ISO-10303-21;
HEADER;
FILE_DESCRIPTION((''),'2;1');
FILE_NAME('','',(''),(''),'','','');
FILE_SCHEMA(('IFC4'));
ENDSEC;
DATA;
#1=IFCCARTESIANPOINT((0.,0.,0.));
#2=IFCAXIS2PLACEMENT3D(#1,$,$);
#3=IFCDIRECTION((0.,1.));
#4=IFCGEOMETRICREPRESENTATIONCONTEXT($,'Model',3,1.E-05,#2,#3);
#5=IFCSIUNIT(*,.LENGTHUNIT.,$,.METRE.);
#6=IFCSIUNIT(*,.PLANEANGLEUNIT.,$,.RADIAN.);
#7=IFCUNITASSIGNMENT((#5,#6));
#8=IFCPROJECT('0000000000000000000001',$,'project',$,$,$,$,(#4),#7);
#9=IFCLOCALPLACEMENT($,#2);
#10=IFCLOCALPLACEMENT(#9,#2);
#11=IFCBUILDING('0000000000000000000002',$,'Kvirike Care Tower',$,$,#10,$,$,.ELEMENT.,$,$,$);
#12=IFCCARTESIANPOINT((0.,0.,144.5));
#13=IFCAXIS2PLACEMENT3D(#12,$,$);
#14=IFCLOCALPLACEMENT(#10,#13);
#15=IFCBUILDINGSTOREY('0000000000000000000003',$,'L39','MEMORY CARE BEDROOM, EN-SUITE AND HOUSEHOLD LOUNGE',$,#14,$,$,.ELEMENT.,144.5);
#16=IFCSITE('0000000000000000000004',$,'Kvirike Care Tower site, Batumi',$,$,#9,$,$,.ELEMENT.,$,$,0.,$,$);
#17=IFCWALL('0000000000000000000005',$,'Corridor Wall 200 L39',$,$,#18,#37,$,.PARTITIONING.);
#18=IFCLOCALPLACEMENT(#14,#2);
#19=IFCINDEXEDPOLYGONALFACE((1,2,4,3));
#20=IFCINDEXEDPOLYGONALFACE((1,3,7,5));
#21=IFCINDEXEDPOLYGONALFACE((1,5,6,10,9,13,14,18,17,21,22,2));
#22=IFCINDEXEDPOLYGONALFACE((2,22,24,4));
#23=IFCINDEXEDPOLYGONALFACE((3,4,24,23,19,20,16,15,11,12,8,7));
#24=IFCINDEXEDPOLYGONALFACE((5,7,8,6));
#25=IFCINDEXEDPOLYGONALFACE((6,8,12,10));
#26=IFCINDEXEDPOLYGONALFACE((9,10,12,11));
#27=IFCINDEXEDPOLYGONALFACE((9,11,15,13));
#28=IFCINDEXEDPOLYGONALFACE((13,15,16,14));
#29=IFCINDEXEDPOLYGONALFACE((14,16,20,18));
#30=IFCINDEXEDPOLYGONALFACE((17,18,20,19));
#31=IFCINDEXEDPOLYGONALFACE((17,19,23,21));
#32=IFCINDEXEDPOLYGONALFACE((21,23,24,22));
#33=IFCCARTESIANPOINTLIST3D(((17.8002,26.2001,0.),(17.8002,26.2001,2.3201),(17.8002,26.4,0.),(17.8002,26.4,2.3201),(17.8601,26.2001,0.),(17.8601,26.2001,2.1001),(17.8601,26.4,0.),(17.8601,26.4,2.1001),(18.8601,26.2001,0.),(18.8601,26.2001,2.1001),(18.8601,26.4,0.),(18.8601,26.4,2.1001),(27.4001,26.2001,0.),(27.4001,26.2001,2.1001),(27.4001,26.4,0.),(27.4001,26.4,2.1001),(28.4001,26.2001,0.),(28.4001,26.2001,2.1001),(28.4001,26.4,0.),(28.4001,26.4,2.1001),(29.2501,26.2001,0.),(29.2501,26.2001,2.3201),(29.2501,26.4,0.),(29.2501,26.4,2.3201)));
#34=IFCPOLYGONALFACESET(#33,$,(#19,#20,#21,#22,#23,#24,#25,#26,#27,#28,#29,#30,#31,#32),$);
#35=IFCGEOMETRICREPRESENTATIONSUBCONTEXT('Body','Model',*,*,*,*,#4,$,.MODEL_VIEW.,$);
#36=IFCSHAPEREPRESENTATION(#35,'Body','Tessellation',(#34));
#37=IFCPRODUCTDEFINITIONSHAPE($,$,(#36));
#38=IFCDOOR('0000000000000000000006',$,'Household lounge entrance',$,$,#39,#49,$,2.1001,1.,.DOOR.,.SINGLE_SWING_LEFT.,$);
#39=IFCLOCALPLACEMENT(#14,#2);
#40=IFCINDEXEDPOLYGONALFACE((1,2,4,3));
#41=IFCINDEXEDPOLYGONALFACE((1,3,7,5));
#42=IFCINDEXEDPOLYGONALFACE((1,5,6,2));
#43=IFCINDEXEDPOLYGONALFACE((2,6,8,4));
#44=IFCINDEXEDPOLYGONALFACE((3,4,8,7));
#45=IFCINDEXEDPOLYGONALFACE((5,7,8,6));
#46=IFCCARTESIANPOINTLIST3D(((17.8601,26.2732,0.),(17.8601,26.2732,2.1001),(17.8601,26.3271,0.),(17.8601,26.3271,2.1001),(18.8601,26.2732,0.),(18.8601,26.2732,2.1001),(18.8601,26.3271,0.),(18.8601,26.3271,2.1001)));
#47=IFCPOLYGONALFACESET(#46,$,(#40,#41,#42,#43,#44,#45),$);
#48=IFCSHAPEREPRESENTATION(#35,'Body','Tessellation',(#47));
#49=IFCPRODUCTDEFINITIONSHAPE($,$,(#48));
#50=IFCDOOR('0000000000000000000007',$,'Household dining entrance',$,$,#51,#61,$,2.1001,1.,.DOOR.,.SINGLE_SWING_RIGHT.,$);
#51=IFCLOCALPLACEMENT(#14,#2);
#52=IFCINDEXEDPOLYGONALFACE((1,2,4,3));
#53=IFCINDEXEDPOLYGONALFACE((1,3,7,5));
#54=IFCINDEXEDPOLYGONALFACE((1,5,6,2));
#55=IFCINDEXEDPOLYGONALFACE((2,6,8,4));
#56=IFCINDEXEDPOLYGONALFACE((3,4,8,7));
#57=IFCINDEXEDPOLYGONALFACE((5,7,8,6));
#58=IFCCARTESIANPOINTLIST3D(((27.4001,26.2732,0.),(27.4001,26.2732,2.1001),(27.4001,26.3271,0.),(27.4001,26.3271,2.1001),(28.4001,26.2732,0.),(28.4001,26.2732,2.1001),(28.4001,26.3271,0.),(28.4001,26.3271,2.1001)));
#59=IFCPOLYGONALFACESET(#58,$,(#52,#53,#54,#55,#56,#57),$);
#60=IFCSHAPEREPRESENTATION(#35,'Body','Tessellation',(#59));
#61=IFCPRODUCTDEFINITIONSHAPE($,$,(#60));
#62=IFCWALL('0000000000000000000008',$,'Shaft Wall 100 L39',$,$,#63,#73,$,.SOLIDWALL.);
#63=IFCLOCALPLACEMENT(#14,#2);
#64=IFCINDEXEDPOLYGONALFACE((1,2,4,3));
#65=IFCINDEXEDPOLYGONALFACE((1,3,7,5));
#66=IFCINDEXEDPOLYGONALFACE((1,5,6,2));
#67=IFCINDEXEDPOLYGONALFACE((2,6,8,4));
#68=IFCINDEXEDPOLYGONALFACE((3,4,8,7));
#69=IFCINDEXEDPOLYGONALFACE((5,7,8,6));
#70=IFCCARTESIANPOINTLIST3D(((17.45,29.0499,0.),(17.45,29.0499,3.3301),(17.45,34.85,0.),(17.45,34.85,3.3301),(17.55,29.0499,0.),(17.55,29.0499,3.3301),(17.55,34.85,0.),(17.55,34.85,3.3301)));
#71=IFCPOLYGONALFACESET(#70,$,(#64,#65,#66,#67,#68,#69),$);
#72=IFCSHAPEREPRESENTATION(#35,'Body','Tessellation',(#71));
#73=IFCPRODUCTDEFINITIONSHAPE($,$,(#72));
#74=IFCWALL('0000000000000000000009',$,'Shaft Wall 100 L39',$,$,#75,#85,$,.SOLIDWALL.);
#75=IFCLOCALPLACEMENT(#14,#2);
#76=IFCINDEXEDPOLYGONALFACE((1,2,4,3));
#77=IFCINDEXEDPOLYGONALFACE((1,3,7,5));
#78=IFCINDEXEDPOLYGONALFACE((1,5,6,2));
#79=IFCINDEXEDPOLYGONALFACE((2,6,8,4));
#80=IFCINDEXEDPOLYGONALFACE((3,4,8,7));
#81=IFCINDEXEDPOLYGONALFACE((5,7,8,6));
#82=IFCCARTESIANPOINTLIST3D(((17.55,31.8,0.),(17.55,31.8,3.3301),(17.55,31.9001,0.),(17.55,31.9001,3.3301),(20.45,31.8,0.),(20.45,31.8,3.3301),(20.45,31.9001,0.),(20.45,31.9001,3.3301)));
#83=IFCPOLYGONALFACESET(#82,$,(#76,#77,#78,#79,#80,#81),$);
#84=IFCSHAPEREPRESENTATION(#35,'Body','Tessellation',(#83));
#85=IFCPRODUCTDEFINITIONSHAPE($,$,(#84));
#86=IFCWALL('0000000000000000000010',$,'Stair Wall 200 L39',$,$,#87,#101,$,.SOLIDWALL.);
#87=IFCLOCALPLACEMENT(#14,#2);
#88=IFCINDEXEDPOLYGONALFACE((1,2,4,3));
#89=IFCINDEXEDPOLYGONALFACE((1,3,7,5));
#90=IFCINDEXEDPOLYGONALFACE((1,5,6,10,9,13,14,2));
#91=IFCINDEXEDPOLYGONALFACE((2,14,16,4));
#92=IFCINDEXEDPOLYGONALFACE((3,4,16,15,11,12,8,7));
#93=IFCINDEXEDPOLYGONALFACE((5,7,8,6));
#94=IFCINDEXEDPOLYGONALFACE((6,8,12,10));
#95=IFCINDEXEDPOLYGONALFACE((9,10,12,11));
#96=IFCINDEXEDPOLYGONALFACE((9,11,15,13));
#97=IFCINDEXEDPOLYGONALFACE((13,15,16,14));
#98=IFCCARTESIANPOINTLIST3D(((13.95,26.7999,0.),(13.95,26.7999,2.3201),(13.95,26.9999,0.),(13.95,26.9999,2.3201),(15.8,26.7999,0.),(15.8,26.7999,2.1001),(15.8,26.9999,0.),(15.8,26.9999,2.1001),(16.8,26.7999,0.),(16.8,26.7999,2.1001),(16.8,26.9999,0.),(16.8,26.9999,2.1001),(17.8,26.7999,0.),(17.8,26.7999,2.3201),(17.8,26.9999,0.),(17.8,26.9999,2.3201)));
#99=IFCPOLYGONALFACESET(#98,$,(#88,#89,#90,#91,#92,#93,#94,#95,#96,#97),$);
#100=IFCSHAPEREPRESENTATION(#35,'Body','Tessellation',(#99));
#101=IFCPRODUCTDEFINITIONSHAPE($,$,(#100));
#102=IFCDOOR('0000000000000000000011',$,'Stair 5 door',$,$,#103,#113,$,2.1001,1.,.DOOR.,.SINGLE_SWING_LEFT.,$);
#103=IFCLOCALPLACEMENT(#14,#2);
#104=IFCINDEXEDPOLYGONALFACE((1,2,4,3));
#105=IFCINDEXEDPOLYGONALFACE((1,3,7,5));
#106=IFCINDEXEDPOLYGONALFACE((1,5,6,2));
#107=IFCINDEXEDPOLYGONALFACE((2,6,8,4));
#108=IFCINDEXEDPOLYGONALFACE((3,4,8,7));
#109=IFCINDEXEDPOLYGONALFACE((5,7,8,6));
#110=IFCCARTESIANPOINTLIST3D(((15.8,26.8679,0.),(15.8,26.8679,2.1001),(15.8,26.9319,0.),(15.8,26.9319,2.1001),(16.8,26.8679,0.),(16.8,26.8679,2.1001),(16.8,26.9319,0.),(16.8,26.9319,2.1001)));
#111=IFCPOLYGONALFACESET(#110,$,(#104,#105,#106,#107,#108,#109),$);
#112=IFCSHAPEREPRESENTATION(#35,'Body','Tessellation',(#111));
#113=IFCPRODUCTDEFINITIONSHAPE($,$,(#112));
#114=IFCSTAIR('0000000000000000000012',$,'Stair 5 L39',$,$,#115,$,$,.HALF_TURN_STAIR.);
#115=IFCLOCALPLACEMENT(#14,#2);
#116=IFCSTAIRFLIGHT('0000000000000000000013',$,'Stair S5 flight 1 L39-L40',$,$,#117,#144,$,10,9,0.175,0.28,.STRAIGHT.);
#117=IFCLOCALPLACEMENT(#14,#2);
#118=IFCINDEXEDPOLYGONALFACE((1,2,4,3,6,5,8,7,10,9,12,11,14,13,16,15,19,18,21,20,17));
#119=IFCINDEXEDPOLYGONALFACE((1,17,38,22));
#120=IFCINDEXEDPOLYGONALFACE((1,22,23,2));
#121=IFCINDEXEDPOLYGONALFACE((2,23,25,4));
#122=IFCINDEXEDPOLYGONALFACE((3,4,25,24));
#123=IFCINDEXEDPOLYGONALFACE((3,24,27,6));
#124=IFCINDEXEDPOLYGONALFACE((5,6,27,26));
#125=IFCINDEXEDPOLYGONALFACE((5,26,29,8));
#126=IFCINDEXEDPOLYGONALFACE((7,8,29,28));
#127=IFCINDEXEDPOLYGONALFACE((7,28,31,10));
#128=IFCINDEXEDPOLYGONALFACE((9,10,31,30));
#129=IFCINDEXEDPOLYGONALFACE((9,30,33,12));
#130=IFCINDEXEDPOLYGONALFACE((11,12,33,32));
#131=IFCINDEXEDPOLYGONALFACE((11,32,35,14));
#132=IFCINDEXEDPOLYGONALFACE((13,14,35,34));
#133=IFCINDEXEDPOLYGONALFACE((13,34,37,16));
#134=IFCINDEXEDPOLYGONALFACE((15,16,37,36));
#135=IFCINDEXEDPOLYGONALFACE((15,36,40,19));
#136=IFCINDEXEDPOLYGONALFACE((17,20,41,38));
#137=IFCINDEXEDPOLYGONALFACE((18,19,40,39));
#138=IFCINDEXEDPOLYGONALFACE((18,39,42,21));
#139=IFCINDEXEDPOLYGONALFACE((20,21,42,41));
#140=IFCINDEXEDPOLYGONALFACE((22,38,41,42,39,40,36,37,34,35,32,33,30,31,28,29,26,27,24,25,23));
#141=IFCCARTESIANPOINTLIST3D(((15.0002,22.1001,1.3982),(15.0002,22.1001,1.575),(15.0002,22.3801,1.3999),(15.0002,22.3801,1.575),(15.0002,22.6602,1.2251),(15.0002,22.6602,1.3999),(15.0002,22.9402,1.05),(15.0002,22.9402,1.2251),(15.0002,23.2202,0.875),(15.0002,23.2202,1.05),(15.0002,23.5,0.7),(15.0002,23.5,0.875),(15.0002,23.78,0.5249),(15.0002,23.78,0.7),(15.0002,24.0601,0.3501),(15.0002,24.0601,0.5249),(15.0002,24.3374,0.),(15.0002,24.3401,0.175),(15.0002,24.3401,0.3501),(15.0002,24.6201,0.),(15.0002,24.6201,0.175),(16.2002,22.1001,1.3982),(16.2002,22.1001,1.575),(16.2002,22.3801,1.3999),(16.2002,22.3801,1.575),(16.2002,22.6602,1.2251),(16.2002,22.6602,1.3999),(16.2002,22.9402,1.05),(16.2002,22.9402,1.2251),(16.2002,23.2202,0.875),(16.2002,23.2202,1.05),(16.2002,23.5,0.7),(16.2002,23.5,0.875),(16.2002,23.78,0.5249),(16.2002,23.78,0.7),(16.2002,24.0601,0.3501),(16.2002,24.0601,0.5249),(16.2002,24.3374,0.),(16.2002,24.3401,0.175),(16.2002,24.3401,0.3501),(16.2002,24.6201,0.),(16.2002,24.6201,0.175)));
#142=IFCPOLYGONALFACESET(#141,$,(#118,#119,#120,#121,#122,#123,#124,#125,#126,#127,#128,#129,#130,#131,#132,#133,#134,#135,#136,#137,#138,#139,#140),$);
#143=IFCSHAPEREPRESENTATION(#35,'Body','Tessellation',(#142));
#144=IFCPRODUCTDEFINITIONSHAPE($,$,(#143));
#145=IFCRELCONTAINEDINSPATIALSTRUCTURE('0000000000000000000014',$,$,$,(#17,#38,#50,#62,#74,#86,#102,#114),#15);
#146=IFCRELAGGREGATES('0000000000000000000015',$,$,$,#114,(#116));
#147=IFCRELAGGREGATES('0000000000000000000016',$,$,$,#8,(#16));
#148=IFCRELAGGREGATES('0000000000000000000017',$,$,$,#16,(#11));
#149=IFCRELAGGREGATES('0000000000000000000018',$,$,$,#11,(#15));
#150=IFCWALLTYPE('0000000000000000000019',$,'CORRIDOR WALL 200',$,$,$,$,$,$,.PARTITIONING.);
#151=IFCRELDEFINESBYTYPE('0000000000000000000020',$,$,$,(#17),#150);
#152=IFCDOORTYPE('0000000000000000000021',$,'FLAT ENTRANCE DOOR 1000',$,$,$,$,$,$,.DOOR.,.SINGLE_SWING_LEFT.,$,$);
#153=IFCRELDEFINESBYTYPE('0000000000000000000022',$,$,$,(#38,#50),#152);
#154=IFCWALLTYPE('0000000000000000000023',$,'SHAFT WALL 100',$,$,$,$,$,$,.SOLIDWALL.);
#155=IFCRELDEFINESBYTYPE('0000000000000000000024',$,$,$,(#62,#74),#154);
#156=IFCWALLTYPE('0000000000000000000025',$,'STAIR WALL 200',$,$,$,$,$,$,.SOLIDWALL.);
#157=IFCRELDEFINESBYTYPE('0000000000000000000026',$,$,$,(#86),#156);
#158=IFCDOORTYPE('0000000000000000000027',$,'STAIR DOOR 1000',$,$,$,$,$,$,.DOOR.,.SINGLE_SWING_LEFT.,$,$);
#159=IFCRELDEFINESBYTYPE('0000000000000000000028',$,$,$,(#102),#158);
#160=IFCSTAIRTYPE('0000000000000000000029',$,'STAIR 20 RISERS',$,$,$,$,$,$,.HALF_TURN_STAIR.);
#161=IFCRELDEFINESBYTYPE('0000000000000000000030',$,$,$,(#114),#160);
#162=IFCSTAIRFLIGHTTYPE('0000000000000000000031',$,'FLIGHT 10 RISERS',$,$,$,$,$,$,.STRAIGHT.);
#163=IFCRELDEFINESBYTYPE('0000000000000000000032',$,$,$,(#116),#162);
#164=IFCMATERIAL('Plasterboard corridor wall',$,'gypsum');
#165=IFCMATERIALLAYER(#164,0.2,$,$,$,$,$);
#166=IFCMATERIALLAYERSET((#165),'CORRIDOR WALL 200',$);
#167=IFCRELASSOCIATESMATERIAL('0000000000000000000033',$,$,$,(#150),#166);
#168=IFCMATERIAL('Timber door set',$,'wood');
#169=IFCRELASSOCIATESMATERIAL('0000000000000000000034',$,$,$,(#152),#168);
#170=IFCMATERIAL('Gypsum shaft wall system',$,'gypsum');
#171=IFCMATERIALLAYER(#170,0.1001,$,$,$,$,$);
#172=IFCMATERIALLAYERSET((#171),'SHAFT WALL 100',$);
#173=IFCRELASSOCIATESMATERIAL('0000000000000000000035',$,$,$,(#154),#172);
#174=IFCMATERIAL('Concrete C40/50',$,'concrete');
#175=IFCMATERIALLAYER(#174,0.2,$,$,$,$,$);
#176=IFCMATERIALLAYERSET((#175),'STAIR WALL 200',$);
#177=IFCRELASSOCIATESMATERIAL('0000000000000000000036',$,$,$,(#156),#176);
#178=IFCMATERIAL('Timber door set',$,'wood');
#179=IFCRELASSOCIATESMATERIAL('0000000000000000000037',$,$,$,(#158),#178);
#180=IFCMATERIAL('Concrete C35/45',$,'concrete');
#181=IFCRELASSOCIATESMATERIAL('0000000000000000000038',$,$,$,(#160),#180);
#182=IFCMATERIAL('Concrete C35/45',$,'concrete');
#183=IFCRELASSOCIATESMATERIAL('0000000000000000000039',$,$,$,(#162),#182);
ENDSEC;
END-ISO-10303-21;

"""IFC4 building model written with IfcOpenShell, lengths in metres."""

from ifc_helpers import new_model, si_unit, direction, frame, frame_2d, origin, place, context, subcontext, project, spatial, polyline, rectangle, outline, extrude, material, layer, layer_set, type_object, element, fill, aggregate, save


model = new_model("IFC4")

# Units and contexts
model_context = context("Model", 3, precision=1e-05, world=origin(), true_north=direction((0.0, 1.0)))
body_context = subcontext(model_context, "Body", "Model", "MODEL_VIEW")
ifc_project = project(units=[si_unit("LENGTHUNIT", "METRE"), si_unit("PLANEANGLEUNIT", "RADIAN")], contexts=[model_context])

# Site, building, storey
site_placement = place(None, origin())
site = spatial("IfcSite", under=ifc_project, at=site_placement, Name="Kvirike Care Tower site, Batumi", CompositionType="ELEMENT", RefElevation=0.0)
building_placement = place(site_placement, origin())
building = spatial("IfcBuilding", under=site, at=building_placement, Name="Kvirike Care Tower", CompositionType="ELEMENT")
storey_placement = place(building_placement, frame((0.0, 0.0, 144.5)))
storey = spatial("IfcBuildingStorey", under=building, at=storey_placement, Name="L39", Description="MEMORY CARE BEDROOM, EN-SUITE AND HOUSEHOLD LOUNGE", CompositionType="ELEMENT", Elevation=144.5)

# Wall, openings, doors
ifc_material_1 = material(Name="Plasterboard corridor wall", Category="gypsum")
ifc_layer_1 = layer(ifc_material_1, 0.2)
ifc_layer_set_1 = layer_set([ifc_layer_1], Name="CORRIDOR WALL 200")
wall_type_1 = type_object("IfcWallType", Name="CORRIDOR WALL 200", PredefinedType="PARTITIONING", material=ifc_layer_set_1)
wall_1_placement = place(storey_placement, frame((17.8, 26.3, 0.0), z_axis=(0.0, 0.0, 1.0), x_axis=(1.0, 0.0, 0.0)))
wall_1 = element("IfcWall", 1, at=wall_1_placement, inside=storey, type_object=wall_type_1, Name="Corridor Wall 200 L39", PredefinedType="PARTITIONING", context=body_context, shape_type="SweptSolid", body=[
    extrude(rectangle(XDim=11.45, YDim=0.2, at=frame_2d((5.7251, 0.0))), origin(), (0.0, 0.0, 1.0), 2.3201),
])
opening_1_placement = place(wall_1_placement, frame((0.0601, 0.0, 0.0)))
opening_1 = element("IfcOpeningElement", 2, at=opening_1_placement, cuts=wall_1, PredefinedType="OPENING", context=body_context, shape_type="SweptSolid", body=[
    extrude(rectangle(XDim=1.0, YDim=2.1001, at=frame_2d((0.5, 1.05))), frame((0.0, 0.1106, 0.0), z_axis=(0.0, -1.0, 0.0), x_axis=(1.0, 0.0, 0.0)), (0.0, 0.0, 1.0), 0.2209),
])
opening_2_placement = place(wall_1_placement, frame((9.6001, 0.0, 0.0)))
opening_2 = element("IfcOpeningElement", 3, at=opening_2_placement, cuts=wall_1, PredefinedType="OPENING", context=body_context, shape_type="SweptSolid", body=[
    extrude(rectangle(XDim=1.0, YDim=2.1001, at=frame_2d((0.5, 1.05))), frame((0.0, 0.1106, 0.0), z_axis=(0.0, -1.0, 0.0), x_axis=(1.0, 0.0, 0.0)), (0.0, 0.0, 1.0), 0.2209),
])
ifc_material_2 = material(Name="Timber door set", Category="wood")
door_type_1 = type_object("IfcDoorType", Name="FLAT ENTRANCE DOOR 1000", OperationType="SINGLE_SWING_LEFT", PredefinedType="DOOR", material=ifc_material_2)
door_1_placement = place(opening_1_placement, frame((1.0, 0.0, 0.0), z_axis=(0.0, 0.0, 1.0), x_axis=(-1.0, 0.0, 0.0)))
door_1 = element("IfcDoor", 4, at=door_1_placement, inside=storey, type_object=door_type_1, Name="Household lounge entrance", OperationType="SINGLE_SWING_LEFT", OverallHeight=2.1001, OverallWidth=1.0, PredefinedType="DOOR", context=body_context, shape_type="SweptSolid", body=[
    extrude(rectangle(XDim=1.0, YDim=2.1001, at=frame_2d((0.5, 1.05))), frame((0.0, 0.0269, 0.0), z_axis=(0.0, -1.0, 0.0), x_axis=(1.0, 0.0, 0.0)), (0.0, 0.0, 1.0), 0.054),
])
fill(opening_1, door_1)
door_2_placement = place(opening_2_placement, frame((1.0, 0.0, 0.0), z_axis=(0.0, 0.0, 1.0), x_axis=(-1.0, 0.0, 0.0)))
door_2 = element("IfcDoor", 5, at=door_2_placement, inside=storey, type_object=door_type_1, Name="Household dining entrance", OperationType="SINGLE_SWING_RIGHT", OverallHeight=2.1001, OverallWidth=1.0, PredefinedType="DOOR", context=body_context, shape_type="SweptSolid", body=[
    extrude(rectangle(XDim=1.0, YDim=2.1001, at=frame_2d((0.5, 1.05))), frame((0.0, 0.0269, 0.0), z_axis=(0.0, -1.0, 0.0), x_axis=(1.0, 0.0, 0.0)), (0.0, 0.0, 1.0), 0.054),
])
fill(opening_2, door_2)

# Walls
ifc_material_3 = material(Name="Gypsum shaft wall system", Category="gypsum")
ifc_layer_2 = layer(ifc_material_3, 0.1001)
ifc_layer_set_2 = layer_set([ifc_layer_2], Name="SHAFT WALL 100")
wall_type_2 = type_object("IfcWallType", Name="SHAFT WALL 100", PredefinedType="SOLIDWALL", material=ifc_layer_set_2)
wall_2_placement = place(storey_placement, frame((17.5, 29.05, 0.0), z_axis=(0.0, 0.0, 1.0), x_axis=(0.0, 1.0, 0.0)))
element("IfcWall", 6, at=wall_2_placement, inside=storey, type_object=wall_type_2, Name="Shaft Wall 100 L39", PredefinedType="SOLIDWALL", context=body_context, shape_type="SweptSolid", body=[
    extrude(rectangle(XDim=5.8, YDim=0.1001, at=frame_2d((2.8999, 0.0))), origin(), (0.0, 0.0, 1.0), 3.3301),
])
wall_3_placement = place(storey_placement, frame((17.55, 31.8501, 0.0), z_axis=(0.0, 0.0, 1.0), x_axis=(1.0, 0.0, 0.0)))
element("IfcWall", 7, at=wall_3_placement, inside=storey, type_object=wall_type_2, Name="Shaft Wall 100 L39", PredefinedType="SOLIDWALL", context=body_context, shape_type="SweptSolid", body=[
    extrude(rectangle(XDim=2.8999, YDim=0.1001, at=frame_2d((1.45, 0.0))), origin(), (0.0, 0.0, 1.0), 3.3301),
])

# Wall, opening, door
ifc_material_4 = material(Name="Concrete C40/50", Category="concrete")
ifc_layer_3 = layer(ifc_material_4, 0.2)
ifc_layer_set_3 = layer_set([ifc_layer_3], Name="STAIR WALL 200")
wall_type_3 = type_object("IfcWallType", Name="STAIR WALL 200", PredefinedType="SOLIDWALL", material=ifc_layer_set_3)
wall_4_placement = place(storey_placement, frame((13.95, 26.8999, 0.0), z_axis=(0.0, 0.0, 1.0), x_axis=(1.0, 0.0, 0.0)))
wall_4 = element("IfcWall", 8, at=wall_4_placement, inside=storey, type_object=wall_type_3, Name="Stair Wall 200 L39", PredefinedType="SOLIDWALL", context=body_context, shape_type="SweptSolid", body=[
    extrude(rectangle(XDim=3.8501, YDim=0.2, at=frame_2d((1.925, 0.0))), origin(), (0.0, 0.0, 1.0), 2.3201),
])
opening_3_placement = place(wall_4_placement, frame((1.8501, 0.0, 0.0)))
opening_3 = element("IfcOpeningElement", 9, at=opening_3_placement, cuts=wall_4, PredefinedType="OPENING", context=body_context, shape_type="SweptSolid", body=[
    extrude(rectangle(XDim=1.0, YDim=2.1001, at=frame_2d((0.5, 1.05))), frame((0.0, 0.1106, 0.0), z_axis=(0.0, -1.0, 0.0), x_axis=(1.0, 0.0, 0.0)), (0.0, 0.0, 1.0), 0.2209),
])
ifc_material_5 = material(Name="Timber door set", Category="wood")
door_type_2 = type_object("IfcDoorType", Name="STAIR DOOR 1000", OperationType="SINGLE_SWING_LEFT", PredefinedType="DOOR", material=ifc_material_5)
door_3_placement = place(opening_3_placement, frame((1.0, 0.0, 0.0), z_axis=(0.0, 0.0, 1.0), x_axis=(-1.0, 0.0, 0.0)))
door_3 = element("IfcDoor", 10, at=door_3_placement, inside=storey, type_object=door_type_2, Name="Stair 5 door", OperationType="SINGLE_SWING_LEFT", OverallHeight=2.1001, OverallWidth=1.0, PredefinedType="DOOR", context=body_context, shape_type="SweptSolid", body=[
    extrude(rectangle(XDim=1.0, YDim=2.1001, at=frame_2d((0.5, 1.05))), frame((0.0, 0.032, 0.0), z_axis=(0.0, -1.0, 0.0), x_axis=(1.0, 0.0, 0.0)), (0.0, 0.0, 1.0), 0.064),
])
fill(opening_3, door_3)

# Stair, stair flight
ifc_material_6 = material(Name="Concrete C35/45", Category="concrete")
stair_type = type_object("IfcStairType", Name="STAIR 20 RISERS", PredefinedType="HALF_TURN_STAIR", material=ifc_material_6)
stair_placement = place(storey_placement, origin())
stair = element("IfcStair", 11, at=stair_placement, inside=storey, type_object=stair_type, Name="Stair 5 L39", PredefinedType="HALF_TURN_STAIR")
ifc_material_7 = material(Name="Concrete C35/45", Category="concrete")
stair_flight_type = type_object("IfcStairFlightType", Name="FLIGHT 10 RISERS", PredefinedType="STRAIGHT", material=ifc_material_7)
stair_flight_placement = place(storey_placement, frame((15.6001, 24.6201, 0.0), z_axis=(0.0, 0.0, 1.0), x_axis=(0.0, -1.0, 0.0)))
stair_flight = element("IfcStairFlight", 12, at=stair_flight_placement, type_object=stair_flight_type, Name="Stair S5 flight 1 L39-L40", NumberOfRisers=10, NumberOfTreads=9, PredefinedType="STRAIGHT", RiserHeight=0.175, TreadLength=0.28, context=body_context, shape_type="SweptSolid", body=[
    extrude(outline(polyline([(0.0, 0.0), (0.0, 0.175), (0.28, 0.175), (0.28, 0.3501), (0.5601, 0.3501), (0.5601, 0.5249), (0.8401, 0.5249), (0.8401, 0.7), (1.1201, 0.7), (1.1201, 0.875), (1.3999, 0.875), (1.3999, 1.05), (1.6799, 1.05), (1.6799, 1.2251), (1.96, 1.2251), (1.96, 1.3999), (2.24, 1.3999), (2.24, 1.575), (2.52, 1.575), (2.52, 1.75), (2.52, 1.3982), (0.2827, 0.0), (0.0, 0.0)])), frame((0.0, 0.6001, 0.0), z_axis=(0.0, -1.0, 0.0), x_axis=(1.0, 0.0, 0.0)), (0.0, 0.0, 1.0), 1.2),
])
aggregate(stair, [stair_flight])

save(model, "model.ifc")
